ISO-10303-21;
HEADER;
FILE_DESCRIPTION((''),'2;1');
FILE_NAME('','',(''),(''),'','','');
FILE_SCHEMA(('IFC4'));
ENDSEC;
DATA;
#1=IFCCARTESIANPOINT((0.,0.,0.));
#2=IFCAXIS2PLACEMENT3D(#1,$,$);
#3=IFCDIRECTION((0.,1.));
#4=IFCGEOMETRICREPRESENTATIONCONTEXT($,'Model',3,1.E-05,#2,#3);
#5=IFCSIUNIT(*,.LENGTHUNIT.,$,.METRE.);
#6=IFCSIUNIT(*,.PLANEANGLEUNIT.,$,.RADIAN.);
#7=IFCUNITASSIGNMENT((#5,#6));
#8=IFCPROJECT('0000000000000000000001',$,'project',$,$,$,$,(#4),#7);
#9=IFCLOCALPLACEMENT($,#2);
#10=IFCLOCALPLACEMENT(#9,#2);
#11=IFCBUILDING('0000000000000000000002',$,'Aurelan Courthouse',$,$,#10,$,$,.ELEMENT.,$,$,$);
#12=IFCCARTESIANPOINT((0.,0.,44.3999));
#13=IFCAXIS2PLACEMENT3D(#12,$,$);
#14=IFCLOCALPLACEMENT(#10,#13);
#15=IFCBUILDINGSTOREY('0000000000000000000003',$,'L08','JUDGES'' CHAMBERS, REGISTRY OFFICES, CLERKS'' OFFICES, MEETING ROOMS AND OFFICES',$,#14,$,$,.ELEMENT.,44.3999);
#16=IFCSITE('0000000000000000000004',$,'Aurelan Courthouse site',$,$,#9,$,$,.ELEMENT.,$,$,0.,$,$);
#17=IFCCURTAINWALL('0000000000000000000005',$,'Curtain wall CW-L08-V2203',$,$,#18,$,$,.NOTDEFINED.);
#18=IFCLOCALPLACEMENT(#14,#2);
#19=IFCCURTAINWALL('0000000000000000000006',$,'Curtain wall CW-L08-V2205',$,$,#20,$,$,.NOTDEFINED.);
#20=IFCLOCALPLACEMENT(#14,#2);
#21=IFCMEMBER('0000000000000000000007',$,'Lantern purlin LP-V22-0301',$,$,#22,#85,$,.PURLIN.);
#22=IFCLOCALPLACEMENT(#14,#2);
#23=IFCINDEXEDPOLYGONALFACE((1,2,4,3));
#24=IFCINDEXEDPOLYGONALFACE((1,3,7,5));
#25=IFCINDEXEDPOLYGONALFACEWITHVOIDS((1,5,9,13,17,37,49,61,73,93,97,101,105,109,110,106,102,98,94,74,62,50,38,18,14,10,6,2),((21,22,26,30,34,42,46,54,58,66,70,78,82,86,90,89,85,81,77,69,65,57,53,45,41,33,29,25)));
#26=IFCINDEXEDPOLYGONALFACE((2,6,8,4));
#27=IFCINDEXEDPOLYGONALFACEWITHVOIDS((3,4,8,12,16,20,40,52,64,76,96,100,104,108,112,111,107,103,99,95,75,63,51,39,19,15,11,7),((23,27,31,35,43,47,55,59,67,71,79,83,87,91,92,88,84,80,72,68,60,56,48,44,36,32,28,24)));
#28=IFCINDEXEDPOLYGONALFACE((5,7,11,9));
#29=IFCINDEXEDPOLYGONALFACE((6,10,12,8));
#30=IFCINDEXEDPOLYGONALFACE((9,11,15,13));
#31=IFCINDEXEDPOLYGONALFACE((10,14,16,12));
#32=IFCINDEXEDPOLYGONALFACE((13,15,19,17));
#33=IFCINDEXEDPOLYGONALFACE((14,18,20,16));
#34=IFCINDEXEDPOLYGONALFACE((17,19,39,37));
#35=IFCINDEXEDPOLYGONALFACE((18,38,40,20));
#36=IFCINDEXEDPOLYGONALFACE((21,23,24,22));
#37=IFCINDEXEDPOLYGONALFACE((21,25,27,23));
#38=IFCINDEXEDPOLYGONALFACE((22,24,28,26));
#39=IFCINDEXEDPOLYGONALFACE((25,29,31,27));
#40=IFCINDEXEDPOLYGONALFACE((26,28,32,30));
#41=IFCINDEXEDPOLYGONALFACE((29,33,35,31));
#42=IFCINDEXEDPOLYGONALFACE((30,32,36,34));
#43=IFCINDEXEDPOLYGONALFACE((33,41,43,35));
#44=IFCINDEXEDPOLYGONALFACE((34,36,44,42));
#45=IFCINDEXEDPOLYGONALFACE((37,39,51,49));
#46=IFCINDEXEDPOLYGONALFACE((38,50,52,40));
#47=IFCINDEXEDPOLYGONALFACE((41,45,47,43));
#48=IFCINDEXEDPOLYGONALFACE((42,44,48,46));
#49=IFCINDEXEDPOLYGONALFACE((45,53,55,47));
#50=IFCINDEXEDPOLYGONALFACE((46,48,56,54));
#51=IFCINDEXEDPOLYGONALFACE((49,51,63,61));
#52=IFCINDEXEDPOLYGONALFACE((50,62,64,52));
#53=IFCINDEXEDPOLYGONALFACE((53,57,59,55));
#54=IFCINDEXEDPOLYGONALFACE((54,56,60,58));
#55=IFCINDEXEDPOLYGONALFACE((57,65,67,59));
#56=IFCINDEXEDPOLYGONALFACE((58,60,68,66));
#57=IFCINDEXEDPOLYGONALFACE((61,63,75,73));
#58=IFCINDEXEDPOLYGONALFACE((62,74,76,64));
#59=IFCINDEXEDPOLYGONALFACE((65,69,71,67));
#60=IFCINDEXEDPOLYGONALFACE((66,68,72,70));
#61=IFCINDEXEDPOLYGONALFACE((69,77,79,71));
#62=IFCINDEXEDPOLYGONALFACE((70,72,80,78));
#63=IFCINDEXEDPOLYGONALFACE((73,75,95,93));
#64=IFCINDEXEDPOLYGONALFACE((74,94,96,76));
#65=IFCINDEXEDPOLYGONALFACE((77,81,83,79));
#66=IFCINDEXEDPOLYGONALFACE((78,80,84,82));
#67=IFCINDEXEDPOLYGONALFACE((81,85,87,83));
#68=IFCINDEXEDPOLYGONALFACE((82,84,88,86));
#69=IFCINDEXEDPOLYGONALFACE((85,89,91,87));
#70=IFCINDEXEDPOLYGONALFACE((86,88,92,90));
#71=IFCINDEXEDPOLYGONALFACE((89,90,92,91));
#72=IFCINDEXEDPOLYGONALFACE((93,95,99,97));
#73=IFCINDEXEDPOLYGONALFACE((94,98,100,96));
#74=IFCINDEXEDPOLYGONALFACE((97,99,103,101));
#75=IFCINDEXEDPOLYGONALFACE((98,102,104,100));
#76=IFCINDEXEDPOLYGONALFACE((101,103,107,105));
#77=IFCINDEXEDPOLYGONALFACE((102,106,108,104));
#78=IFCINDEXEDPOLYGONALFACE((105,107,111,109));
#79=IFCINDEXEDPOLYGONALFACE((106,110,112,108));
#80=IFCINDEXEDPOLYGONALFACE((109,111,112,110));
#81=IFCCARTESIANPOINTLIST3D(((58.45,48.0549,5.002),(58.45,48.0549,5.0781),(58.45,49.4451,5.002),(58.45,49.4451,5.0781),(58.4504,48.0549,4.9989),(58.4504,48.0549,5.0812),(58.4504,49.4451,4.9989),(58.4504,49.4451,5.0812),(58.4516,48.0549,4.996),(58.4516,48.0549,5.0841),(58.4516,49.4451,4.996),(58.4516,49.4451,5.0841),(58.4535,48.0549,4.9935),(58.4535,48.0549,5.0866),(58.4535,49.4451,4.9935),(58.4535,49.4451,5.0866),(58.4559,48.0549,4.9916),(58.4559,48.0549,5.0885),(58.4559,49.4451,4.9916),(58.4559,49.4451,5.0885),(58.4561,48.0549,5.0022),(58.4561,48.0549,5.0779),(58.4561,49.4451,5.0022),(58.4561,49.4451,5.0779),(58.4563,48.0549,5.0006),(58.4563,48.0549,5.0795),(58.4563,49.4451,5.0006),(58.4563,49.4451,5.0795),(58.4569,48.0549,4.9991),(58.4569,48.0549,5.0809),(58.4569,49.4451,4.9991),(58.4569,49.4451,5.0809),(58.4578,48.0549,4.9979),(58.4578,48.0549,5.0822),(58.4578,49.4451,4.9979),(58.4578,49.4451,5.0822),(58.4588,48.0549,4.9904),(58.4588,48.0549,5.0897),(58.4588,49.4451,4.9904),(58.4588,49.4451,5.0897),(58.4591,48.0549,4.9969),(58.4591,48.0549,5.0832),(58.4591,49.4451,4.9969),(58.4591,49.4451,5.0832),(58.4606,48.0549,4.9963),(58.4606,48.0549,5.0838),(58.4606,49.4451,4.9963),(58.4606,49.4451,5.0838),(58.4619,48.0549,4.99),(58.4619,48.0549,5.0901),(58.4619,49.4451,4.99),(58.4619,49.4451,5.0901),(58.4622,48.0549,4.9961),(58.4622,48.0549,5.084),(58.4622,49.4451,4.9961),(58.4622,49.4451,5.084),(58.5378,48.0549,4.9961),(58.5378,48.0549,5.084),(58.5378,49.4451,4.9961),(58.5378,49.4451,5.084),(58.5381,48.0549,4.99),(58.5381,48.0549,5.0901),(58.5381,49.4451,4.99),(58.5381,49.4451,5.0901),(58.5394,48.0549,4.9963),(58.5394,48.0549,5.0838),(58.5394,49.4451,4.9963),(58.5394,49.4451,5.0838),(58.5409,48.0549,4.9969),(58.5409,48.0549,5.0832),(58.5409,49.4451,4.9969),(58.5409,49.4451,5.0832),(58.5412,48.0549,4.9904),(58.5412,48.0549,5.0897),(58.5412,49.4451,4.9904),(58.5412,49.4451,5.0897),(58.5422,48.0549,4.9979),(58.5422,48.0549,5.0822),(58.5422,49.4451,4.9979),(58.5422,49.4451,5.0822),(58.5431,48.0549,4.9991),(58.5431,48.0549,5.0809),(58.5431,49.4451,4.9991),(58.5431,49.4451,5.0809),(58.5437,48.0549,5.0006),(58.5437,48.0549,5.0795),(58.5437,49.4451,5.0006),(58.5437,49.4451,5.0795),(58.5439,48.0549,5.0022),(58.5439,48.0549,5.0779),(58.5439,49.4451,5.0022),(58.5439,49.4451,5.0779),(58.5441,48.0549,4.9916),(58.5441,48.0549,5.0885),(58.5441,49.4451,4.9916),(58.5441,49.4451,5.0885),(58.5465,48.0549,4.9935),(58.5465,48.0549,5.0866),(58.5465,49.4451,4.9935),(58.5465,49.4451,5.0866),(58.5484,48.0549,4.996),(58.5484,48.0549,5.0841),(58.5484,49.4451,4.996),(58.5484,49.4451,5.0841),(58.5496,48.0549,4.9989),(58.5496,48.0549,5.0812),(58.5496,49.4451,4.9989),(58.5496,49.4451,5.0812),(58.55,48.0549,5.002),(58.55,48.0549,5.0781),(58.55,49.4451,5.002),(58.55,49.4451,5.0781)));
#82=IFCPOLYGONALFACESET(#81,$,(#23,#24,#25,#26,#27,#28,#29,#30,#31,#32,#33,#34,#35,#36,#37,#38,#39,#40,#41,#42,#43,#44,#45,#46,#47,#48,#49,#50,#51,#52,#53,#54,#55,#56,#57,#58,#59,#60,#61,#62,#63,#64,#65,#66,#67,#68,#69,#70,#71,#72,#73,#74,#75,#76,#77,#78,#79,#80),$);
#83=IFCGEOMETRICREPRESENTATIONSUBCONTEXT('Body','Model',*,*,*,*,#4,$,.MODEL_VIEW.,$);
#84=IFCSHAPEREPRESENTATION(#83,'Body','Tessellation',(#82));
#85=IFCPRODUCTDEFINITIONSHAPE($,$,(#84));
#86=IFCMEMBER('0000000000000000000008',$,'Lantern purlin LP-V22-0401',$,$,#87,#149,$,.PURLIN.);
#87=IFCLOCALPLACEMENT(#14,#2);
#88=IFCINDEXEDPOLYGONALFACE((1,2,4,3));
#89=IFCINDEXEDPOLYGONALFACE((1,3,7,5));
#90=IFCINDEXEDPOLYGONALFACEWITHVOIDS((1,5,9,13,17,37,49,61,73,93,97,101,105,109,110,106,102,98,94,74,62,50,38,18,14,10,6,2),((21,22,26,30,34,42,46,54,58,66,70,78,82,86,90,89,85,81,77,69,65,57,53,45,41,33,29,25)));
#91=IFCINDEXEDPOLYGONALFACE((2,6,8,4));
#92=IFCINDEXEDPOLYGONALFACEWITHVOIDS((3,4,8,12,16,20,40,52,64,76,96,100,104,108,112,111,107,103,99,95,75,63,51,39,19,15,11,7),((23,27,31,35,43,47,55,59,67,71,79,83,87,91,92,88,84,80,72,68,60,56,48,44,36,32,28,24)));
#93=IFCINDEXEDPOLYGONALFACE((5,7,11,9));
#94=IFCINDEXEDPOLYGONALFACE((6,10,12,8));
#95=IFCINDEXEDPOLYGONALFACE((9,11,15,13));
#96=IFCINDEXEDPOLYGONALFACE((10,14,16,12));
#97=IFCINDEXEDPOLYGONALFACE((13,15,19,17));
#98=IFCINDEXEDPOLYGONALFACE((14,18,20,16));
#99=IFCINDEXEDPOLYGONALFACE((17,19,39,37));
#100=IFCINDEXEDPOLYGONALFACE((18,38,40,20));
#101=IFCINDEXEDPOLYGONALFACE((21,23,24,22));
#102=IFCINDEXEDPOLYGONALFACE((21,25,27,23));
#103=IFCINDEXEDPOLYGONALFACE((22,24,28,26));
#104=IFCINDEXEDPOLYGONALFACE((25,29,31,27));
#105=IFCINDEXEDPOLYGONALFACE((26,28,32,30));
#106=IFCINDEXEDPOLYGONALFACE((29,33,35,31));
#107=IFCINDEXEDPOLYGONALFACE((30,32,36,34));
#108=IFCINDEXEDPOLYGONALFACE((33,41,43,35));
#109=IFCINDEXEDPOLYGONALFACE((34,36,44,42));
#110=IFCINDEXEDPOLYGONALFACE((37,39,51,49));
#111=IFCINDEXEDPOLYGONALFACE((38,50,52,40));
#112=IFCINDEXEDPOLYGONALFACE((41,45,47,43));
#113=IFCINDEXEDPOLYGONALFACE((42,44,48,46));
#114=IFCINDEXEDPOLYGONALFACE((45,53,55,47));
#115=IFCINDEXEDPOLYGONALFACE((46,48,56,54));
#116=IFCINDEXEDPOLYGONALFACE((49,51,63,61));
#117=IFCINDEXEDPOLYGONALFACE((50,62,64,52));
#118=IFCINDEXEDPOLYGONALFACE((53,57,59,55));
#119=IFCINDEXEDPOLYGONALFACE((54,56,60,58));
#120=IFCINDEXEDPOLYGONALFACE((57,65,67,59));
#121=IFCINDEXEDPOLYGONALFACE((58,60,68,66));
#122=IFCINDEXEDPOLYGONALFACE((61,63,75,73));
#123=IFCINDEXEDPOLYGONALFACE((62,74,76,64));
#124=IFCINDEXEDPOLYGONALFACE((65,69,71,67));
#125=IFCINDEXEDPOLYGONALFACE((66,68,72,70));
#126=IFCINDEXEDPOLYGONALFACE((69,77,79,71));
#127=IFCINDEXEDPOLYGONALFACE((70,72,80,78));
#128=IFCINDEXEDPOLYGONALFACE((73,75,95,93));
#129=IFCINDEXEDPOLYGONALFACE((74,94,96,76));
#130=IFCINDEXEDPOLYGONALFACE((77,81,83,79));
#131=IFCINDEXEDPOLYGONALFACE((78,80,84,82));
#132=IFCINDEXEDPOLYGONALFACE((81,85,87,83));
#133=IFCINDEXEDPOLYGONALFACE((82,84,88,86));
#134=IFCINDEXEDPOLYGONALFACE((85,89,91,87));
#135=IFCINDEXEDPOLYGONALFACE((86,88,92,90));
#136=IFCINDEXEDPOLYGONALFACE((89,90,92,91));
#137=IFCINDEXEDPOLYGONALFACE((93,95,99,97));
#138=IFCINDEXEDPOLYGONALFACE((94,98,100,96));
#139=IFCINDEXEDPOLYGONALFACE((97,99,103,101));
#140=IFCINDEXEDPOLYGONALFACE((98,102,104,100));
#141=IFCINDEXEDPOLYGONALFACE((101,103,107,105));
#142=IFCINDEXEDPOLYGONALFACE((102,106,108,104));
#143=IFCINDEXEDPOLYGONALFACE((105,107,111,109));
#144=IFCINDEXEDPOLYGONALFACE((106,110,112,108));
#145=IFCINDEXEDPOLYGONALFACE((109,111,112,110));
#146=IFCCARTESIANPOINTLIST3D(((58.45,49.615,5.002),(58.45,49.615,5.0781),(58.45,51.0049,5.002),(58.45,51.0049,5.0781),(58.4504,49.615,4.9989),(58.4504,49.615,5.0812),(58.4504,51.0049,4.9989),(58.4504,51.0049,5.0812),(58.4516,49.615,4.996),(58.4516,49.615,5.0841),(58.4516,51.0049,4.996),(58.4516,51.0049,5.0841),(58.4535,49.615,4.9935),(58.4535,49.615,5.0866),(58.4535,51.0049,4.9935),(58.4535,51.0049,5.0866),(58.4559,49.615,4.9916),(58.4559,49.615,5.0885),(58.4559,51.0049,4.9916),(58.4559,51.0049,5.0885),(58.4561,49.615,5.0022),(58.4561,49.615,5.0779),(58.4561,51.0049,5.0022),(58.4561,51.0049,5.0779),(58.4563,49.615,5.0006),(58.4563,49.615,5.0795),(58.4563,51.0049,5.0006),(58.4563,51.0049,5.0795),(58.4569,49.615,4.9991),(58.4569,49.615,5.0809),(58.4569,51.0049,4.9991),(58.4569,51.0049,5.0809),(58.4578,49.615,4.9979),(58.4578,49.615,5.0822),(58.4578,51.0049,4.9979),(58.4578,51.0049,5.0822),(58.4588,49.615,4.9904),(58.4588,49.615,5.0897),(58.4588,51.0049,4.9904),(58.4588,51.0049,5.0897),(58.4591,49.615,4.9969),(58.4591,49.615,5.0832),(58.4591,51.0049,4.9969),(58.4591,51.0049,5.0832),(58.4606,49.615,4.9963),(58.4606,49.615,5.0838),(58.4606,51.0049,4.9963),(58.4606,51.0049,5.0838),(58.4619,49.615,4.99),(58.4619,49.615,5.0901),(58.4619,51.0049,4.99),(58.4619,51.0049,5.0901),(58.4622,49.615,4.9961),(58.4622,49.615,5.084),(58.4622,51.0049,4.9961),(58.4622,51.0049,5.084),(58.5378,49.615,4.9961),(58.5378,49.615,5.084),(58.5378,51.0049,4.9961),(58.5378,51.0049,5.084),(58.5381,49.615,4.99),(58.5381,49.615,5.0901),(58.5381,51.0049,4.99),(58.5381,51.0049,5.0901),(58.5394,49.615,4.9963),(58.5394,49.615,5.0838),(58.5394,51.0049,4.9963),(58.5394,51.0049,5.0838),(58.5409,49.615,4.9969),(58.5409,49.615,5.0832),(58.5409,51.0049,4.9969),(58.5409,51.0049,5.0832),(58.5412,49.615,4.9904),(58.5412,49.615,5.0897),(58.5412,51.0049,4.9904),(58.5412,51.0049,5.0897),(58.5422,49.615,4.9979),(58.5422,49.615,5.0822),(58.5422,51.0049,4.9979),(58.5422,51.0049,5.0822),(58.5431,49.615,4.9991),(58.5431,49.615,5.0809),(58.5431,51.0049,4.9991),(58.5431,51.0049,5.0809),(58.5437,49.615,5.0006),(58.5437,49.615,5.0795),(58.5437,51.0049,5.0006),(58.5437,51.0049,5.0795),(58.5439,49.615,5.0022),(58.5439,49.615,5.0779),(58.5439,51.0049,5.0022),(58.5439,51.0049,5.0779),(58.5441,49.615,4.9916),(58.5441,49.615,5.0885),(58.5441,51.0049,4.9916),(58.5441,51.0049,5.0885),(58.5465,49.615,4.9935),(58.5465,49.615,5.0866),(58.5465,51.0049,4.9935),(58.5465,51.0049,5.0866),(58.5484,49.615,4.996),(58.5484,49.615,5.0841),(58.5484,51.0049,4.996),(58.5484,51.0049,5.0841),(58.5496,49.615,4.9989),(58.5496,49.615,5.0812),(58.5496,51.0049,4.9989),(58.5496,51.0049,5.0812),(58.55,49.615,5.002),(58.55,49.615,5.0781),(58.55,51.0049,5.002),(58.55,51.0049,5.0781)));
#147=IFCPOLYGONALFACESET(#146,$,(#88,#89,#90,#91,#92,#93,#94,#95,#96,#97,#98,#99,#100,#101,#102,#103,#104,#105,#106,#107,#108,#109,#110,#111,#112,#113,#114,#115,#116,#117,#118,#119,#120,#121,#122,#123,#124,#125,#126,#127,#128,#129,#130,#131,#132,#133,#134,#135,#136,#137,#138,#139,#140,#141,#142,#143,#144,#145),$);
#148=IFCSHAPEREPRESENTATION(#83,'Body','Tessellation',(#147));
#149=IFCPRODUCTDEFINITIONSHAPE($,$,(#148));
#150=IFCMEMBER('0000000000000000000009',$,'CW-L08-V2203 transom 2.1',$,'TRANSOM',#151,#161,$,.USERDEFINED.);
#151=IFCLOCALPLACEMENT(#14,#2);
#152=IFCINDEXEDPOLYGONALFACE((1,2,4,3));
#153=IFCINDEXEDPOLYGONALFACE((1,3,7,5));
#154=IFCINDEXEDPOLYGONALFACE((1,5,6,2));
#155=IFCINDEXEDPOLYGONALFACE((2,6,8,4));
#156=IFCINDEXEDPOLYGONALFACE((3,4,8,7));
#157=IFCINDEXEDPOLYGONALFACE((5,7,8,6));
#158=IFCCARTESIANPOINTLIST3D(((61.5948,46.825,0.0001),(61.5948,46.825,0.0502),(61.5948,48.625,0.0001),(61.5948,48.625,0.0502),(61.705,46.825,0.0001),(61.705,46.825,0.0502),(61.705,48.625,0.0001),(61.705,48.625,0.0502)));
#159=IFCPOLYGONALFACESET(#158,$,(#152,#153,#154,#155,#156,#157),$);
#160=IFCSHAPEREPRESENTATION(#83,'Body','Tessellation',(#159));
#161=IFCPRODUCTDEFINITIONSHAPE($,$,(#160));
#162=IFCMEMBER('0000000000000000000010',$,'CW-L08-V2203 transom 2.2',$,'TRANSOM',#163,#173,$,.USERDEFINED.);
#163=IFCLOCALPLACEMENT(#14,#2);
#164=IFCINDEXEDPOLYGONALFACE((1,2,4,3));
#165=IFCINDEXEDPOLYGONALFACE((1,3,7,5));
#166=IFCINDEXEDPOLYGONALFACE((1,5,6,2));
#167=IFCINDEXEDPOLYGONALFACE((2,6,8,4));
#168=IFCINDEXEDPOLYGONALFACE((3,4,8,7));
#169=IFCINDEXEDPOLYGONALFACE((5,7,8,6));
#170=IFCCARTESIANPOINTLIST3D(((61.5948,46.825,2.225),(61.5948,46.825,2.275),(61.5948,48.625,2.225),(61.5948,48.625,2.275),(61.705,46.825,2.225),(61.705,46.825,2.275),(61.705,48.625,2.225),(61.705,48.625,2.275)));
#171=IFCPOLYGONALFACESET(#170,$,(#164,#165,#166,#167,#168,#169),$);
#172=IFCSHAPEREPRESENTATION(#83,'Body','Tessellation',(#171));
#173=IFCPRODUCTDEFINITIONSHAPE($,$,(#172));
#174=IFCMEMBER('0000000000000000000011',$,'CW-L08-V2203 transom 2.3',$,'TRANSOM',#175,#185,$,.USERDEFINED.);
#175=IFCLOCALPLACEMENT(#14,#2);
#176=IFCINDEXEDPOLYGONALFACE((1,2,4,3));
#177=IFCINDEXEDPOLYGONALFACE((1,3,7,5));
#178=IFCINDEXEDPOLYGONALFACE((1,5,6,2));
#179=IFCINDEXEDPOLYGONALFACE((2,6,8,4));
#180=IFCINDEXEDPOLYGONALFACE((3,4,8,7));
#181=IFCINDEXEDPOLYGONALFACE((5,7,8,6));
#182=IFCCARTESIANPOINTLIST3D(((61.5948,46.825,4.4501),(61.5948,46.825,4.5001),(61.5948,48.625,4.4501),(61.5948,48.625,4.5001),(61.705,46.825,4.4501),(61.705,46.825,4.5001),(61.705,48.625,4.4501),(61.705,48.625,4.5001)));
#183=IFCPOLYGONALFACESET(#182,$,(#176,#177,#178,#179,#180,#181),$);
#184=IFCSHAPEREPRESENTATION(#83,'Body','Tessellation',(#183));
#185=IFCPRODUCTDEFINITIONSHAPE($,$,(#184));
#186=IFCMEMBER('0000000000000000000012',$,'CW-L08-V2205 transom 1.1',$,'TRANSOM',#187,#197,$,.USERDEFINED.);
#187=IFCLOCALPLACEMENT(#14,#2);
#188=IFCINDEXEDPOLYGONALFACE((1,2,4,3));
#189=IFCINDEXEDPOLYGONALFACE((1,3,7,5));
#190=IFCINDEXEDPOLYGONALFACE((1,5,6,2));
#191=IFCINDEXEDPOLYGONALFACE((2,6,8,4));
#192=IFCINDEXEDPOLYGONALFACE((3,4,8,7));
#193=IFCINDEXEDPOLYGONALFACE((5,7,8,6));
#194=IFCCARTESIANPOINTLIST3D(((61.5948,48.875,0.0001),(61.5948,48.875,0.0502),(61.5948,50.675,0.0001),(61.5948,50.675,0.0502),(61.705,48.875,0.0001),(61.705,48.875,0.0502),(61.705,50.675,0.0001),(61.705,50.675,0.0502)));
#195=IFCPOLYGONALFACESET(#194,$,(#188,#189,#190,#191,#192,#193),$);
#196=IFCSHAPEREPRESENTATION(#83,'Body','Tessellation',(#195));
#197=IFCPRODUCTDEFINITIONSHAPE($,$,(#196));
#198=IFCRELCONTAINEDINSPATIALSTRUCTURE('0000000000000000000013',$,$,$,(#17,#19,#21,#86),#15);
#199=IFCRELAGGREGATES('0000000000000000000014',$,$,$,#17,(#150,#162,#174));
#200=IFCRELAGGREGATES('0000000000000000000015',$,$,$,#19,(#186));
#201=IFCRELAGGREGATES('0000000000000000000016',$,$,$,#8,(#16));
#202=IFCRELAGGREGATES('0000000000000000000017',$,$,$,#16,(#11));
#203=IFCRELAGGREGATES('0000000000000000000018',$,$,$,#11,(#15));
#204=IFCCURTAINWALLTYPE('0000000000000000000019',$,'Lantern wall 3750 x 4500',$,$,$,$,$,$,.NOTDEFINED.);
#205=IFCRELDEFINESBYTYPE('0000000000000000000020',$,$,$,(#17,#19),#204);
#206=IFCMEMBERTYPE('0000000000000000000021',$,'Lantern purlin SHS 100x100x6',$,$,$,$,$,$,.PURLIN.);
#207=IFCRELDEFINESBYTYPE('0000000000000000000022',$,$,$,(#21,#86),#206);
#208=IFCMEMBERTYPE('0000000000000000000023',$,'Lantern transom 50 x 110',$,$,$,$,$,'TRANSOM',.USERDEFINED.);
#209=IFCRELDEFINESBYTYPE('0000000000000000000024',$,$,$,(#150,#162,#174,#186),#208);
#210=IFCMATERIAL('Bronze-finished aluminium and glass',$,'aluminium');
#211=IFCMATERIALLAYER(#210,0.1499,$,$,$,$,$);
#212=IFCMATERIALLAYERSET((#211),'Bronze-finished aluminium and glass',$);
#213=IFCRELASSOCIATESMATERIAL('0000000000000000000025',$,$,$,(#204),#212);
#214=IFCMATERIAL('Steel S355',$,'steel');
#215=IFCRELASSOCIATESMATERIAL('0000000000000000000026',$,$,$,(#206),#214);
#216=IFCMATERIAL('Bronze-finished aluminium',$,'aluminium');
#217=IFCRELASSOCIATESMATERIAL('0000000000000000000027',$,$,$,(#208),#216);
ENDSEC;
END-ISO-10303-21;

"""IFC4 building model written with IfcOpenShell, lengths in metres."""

from ifc_helpers import new_model, si_unit, direction, frame, origin, origin_2d, place, context, subcontext, project, spatial, rectangle, hollow_rectangle, extrude, material, layer, layer_set, material_profile, profile_set, type_object, element, aggregate, save


model = new_model("IFC4")

# Units and contexts
model_context = context("Model", 3, precision=1e-05, world=origin(), true_north=direction((0.0, 1.0)))
body_context = subcontext(model_context, "Body", "Model", "MODEL_VIEW")
ifc_project = project(units=[si_unit("LENGTHUNIT", "METRE"), si_unit("PLANEANGLEUNIT", "RADIAN")], contexts=[model_context])

# Site, building, storey
site_placement = place(None, origin())
site = spatial("IfcSite", under=ifc_project, at=site_placement, Name="Aurelan Courthouse site", CompositionType="ELEMENT", RefElevation=0.0)
building_placement = place(site_placement, origin())
building = spatial("IfcBuilding", under=site, at=building_placement, Name="Aurelan Courthouse", CompositionType="ELEMENT")
storey_placement = place(building_placement, frame((0.0, 0.0, 44.3999)))
storey = spatial("IfcBuildingStorey", under=building, at=storey_placement, Name="L08", Description="JUDGES' CHAMBERS, REGISTRY OFFICES, CLERKS' OFFICES, MEETING ROOMS AND OFFICES", CompositionType="ELEMENT", Elevation=44.3999)

# Shared definitions
ifc_material_1 = material(Name="Steel S355", Category="steel")

# Curtain wall
ifc_material_2 = material(Name="Bronze-finished aluminium and glass", Category="aluminium")
ifc_layer_1 = layer(ifc_material_2, 0.1499)
ifc_layer_set_1 = layer_set([ifc_layer_1], Name="Bronze-finished aluminium and glass")
curtain_wall_type = type_object("IfcCurtainWallType", Name="Lantern wall 3750 x 4500", PredefinedType="NOTDEFINED", material=ifc_layer_set_1)
curtain_wall_1_placement = place(storey_placement, origin())
curtain_wall_1 = element("IfcCurtainWall", 1, at=curtain_wall_1_placement, inside=storey, type_object=curtain_wall_type, Name="Curtain wall CW-L08-V2203", PredefinedType="NOTDEFINED")
ifc_material_3 = material(Name="Bronze-finished aluminium", Category="aluminium")

# Curtain wall
curtain_wall_2_placement = place(storey_placement, origin())
curtain_wall_2 = element("IfcCurtainWall", 2, at=curtain_wall_2_placement, inside=storey, type_object=curtain_wall_type, Name="Curtain wall CW-L08-V2205", PredefinedType="NOTDEFINED")

# Members
ifc_material_profile_1 = material_profile(ifc_material_1, hollow_rectangle(XDim=0.1001, YDim=0.1001, WallThickness=0.0061, InnerFilletRadius=0.0061, OuterFilletRadius=0.012, at=origin_2d()), Name="SHS 100x100x6")
ifc_profile_set_1 = profile_set([ifc_material_profile_1], Name="Steel S355")
member_type_1 = type_object("IfcMemberType", Name="Lantern purlin SHS 100x100x6", PredefinedType="PURLIN", material=ifc_profile_set_1)
member_1_placement = place(storey_placement, frame((58.5, 48.0549, 5.04), z_axis=(0.0, 1.0, 0.0), x_axis=(-1.0, 0.0, 0.0)))
element("IfcMember", 3, at=member_1_placement, inside=storey, type_object=member_type_1, Name="Lantern purlin LP-V22-0301", PredefinedType="PURLIN", context=body_context, shape_type="SweptSolid", body=[
    extrude(hollow_rectangle(XDim=0.1001, YDim=0.1001, WallThickness=0.0061, InnerFilletRadius=0.0061, OuterFilletRadius=0.012, at=origin_2d()), origin(), (0.0, 0.0, 1.0), 1.3901),
])
member_2_placement = place(storey_placement, frame((58.5, 49.615, 5.04), z_axis=(0.0, 1.0, 0.0), x_axis=(-1.0, 0.0, 0.0)))
element("IfcMember", 4, at=member_2_placement, inside=storey, type_object=member_type_1, Name="Lantern purlin LP-V22-0401", PredefinedType="PURLIN", context=body_context, shape_type="SweptSolid", body=[
    extrude(hollow_rectangle(XDim=0.1001, YDim=0.1001, WallThickness=0.0061, InnerFilletRadius=0.0061, OuterFilletRadius=0.012, at=origin_2d()), origin(), (0.0, 0.0, 1.0), 1.3899),
])

# Members
ifc_material_profile_2 = material_profile(ifc_material_3, rectangle(XDim=0.1101, YDim=0.05, at=origin_2d()), Name="Lantern transom 50 x 110")
ifc_profile_set_2 = profile_set([ifc_material_profile_2], Name="Bronze-finished aluminium")
member_type_2 = type_object("IfcMemberType", Name="Lantern transom 50 x 110", ElementType="TRANSOM", PredefinedType="USERDEFINED", material=ifc_profile_set_2)
member_3_placement = place(storey_placement, frame((61.6499, 46.825, 0.0251), z_axis=(0.0, 1.0, 0.0), x_axis=(-1.0, 0.0, 0.0)))
member_3 = element("IfcMember", 5, at=member_3_placement, type_object=member_type_2, Name="CW-L08-V2203 transom 2.1", ObjectType="TRANSOM", PredefinedType="USERDEFINED", context=body_context, shape_type="SweptSolid", body=[
    extrude(rectangle(XDim=0.1101, YDim=0.05, at=origin_2d()), origin(), (0.0, 0.0, 1.0), 1.8),
])
member_4_placement = place(storey_placement, frame((61.6499, 46.825, 2.25), z_axis=(0.0, 1.0, 0.0), x_axis=(-1.0, 0.0, 0.0)))
member_4 = element("IfcMember", 6, at=member_4_placement, type_object=member_type_2, Name="CW-L08-V2203 transom 2.2", ObjectType="TRANSOM", PredefinedType="USERDEFINED", context=body_context, shape_type="SweptSolid", body=[
    extrude(rectangle(XDim=0.1101, YDim=0.05, at=origin_2d()), origin(), (0.0, 0.0, 1.0), 1.8),
])
member_5_placement = place(storey_placement, frame((61.6499, 46.825, 4.4751), z_axis=(0.0, 1.0, 0.0), x_axis=(-1.0, 0.0, 0.0)))
member_5 = element("IfcMember", 7, at=member_5_placement, type_object=member_type_2, Name="CW-L08-V2203 transom 2.3", ObjectType="TRANSOM", PredefinedType="USERDEFINED", context=body_context, shape_type="SweptSolid", body=[
    extrude(rectangle(XDim=0.1101, YDim=0.05, at=origin_2d()), origin(), (0.0, 0.0, 1.0), 1.8),
])
member_6_placement = place(storey_placement, frame((61.6499, 48.875, 0.0251), z_axis=(0.0, 1.0, 0.0), x_axis=(-1.0, 0.0, 0.0)))
member_6 = element("IfcMember", 8, at=member_6_placement, type_object=member_type_2, Name="CW-L08-V2205 transom 1.1", ObjectType="TRANSOM", PredefinedType="USERDEFINED", context=body_context, shape_type="SweptSolid", body=[
    extrude(rectangle(XDim=0.1101, YDim=0.05, at=origin_2d()), origin(), (0.0, 0.0, 1.0), 1.8),
])

aggregate(curtain_wall_1, [member_3, member_4, member_5])
aggregate(curtain_wall_2, [member_6])

save(model, "model.ifc")
